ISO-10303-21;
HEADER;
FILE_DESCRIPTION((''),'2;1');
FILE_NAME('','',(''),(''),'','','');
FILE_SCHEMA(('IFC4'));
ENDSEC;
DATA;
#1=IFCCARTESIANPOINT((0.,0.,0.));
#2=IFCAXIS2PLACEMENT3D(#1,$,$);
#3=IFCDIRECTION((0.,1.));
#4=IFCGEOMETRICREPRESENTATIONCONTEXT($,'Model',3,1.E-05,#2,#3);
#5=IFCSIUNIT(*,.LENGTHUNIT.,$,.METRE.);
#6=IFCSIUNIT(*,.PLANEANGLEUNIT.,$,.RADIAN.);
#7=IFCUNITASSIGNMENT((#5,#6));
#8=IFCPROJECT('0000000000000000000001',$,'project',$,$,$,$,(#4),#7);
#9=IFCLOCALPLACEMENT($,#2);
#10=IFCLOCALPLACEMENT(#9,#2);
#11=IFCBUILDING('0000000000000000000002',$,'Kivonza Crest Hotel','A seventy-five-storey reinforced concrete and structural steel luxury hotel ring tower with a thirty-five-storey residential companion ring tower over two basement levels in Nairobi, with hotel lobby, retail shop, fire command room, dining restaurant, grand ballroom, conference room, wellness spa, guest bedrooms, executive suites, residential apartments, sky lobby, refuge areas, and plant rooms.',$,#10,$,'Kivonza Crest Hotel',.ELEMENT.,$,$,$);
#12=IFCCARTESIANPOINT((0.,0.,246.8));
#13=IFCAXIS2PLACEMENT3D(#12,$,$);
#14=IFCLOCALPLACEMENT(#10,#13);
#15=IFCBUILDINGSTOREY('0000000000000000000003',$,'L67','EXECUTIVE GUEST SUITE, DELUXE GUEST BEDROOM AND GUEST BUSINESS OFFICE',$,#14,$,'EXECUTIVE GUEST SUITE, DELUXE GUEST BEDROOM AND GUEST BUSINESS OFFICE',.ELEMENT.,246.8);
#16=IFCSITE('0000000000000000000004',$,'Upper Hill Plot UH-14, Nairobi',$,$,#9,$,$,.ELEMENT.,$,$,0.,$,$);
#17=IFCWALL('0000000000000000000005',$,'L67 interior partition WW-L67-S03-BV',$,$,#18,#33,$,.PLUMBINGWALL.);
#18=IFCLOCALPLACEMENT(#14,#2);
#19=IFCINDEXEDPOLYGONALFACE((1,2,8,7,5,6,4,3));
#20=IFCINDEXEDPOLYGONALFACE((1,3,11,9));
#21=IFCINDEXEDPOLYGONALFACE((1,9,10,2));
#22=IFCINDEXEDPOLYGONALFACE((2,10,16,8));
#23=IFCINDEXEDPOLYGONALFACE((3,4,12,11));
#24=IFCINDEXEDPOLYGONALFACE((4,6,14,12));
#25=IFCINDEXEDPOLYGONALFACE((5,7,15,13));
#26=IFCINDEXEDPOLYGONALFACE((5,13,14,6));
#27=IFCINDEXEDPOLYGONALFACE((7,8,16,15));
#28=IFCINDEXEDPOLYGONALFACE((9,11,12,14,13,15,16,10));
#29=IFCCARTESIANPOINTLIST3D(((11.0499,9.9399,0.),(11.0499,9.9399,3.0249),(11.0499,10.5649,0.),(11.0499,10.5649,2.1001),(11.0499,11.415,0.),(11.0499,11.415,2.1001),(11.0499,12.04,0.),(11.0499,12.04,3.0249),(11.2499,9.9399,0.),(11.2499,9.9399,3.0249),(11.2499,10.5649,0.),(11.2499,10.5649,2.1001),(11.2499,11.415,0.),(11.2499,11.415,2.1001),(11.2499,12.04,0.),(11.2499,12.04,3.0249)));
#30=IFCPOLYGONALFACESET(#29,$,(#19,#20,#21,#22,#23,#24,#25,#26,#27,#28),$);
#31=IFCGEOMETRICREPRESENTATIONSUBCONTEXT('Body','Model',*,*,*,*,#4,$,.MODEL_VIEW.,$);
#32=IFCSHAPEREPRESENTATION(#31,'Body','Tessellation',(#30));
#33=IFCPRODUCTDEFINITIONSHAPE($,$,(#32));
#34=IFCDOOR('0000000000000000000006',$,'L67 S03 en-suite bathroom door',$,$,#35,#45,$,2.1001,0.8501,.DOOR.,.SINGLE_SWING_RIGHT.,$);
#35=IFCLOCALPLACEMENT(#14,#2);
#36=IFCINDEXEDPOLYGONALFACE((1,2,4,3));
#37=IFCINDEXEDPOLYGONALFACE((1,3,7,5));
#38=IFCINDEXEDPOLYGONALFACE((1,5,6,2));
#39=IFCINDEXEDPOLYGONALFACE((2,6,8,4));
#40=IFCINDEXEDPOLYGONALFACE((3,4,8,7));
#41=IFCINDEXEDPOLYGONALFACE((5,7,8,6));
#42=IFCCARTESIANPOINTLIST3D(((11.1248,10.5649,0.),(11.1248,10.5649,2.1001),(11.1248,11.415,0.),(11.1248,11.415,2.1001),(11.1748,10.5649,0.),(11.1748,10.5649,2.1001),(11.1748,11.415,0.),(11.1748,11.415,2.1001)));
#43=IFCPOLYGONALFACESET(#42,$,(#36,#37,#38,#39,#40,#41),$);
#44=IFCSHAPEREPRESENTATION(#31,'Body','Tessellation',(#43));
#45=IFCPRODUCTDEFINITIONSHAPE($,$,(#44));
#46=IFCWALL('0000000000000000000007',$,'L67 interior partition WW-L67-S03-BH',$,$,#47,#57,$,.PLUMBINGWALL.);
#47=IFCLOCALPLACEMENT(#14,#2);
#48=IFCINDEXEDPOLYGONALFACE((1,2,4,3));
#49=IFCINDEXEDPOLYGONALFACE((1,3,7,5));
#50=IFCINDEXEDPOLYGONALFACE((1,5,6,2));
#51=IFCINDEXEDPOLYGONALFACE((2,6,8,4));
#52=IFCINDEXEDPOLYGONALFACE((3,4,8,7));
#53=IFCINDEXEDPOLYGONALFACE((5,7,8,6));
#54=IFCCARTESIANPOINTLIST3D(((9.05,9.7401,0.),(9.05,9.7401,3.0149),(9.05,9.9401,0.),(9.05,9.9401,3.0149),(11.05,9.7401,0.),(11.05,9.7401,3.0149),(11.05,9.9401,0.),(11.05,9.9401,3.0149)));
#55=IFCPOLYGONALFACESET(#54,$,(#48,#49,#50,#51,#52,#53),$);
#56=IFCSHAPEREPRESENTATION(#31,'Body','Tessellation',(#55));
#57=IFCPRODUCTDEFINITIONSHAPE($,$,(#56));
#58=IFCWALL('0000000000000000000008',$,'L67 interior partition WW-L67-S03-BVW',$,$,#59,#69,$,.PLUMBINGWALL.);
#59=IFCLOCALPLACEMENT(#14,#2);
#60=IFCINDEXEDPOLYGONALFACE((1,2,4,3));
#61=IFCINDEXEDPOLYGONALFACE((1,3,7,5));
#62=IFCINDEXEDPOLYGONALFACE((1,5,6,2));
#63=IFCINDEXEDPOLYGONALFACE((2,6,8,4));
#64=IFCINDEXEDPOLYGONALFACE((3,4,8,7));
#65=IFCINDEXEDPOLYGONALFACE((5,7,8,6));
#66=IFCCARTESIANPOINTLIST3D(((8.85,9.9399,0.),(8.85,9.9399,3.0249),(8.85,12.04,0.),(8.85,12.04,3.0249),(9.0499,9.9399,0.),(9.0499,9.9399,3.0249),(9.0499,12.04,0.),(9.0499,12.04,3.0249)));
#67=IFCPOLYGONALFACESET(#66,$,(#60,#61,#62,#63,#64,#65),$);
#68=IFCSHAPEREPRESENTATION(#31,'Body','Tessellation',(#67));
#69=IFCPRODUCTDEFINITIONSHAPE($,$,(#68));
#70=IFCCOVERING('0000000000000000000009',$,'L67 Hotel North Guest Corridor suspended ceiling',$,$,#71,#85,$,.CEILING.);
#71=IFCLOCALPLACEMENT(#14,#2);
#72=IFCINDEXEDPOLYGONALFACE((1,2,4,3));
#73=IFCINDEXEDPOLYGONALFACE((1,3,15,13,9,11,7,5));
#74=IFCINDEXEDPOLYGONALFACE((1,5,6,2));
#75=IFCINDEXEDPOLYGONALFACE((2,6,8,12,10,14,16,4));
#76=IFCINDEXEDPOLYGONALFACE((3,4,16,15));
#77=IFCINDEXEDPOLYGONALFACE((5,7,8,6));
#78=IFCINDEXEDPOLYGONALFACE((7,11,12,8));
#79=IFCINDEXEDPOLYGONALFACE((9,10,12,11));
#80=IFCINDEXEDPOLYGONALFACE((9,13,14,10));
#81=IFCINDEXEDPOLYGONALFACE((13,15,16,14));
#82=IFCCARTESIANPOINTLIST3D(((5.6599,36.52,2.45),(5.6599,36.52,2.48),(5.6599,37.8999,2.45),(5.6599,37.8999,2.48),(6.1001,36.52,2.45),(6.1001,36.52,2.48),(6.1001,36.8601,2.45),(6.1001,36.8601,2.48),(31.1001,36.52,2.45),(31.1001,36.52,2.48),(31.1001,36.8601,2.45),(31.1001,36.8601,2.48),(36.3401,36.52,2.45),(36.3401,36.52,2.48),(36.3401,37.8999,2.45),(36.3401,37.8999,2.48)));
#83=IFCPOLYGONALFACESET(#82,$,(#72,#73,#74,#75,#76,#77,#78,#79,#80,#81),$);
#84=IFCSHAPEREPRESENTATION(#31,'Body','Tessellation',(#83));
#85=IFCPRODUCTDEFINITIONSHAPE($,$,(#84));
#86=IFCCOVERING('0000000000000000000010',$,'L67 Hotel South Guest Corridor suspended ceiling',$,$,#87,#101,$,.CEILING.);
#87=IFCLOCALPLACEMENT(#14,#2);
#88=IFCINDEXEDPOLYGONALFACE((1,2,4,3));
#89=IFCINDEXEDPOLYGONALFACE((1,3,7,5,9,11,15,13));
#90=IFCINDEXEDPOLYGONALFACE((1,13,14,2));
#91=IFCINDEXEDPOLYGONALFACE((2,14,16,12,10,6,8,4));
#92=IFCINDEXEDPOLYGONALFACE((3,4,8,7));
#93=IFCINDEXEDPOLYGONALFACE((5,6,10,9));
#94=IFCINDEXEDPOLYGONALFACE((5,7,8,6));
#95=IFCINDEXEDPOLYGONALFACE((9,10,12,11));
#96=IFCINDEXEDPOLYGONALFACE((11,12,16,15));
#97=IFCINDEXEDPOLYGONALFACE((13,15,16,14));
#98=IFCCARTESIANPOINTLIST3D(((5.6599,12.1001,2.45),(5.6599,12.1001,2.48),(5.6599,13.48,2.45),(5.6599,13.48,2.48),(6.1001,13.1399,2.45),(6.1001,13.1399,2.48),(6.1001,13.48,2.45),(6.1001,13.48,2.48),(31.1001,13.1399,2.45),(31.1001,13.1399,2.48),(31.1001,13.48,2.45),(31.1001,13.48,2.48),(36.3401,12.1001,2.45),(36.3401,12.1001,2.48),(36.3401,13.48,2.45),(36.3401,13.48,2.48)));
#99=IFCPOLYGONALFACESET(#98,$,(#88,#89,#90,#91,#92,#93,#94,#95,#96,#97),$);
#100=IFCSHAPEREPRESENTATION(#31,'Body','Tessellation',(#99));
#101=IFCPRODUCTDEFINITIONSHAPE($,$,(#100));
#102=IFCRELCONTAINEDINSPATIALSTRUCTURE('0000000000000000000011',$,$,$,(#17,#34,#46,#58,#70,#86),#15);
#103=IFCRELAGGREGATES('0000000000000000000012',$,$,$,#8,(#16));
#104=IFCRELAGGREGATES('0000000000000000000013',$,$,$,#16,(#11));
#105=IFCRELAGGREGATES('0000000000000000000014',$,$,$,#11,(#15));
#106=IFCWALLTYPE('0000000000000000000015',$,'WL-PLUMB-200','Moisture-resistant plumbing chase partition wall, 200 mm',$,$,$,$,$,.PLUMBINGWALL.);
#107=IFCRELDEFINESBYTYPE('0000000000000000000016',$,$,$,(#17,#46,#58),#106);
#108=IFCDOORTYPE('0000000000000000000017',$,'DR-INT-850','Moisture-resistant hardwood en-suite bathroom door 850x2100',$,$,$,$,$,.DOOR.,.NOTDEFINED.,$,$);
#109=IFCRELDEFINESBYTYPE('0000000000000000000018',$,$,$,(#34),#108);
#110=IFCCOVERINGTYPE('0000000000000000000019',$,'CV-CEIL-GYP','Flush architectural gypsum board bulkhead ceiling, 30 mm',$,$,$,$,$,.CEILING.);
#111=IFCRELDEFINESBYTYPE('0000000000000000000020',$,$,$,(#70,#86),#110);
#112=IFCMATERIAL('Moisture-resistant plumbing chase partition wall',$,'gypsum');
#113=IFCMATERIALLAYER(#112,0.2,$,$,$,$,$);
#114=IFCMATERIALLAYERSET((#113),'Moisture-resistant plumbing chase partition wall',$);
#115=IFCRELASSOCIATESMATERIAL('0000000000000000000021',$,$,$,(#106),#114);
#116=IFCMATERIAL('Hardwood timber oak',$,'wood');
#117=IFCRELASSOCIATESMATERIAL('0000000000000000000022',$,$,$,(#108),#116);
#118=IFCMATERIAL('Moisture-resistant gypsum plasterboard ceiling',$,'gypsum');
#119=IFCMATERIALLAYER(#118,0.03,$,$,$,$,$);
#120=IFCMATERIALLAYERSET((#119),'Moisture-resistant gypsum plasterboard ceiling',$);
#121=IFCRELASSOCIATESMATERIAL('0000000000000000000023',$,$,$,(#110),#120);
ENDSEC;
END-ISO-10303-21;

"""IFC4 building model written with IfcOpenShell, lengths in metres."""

from ifc_helpers import new_model, si_unit, direction, frame, frame_2d, origin, place, context, subcontext, project, spatial, polyline, rectangle, outline, extrude, material, layer, layer_set, type_object, element, fill, save


model = new_model("IFC4")

# Units and contexts
model_context = context("Model", 3, precision=1e-05, world=origin(), true_north=direction((0.0, 1.0)))
body_context = subcontext(model_context, "Body", "Model", "MODEL_VIEW")
ifc_project = project(units=[si_unit("LENGTHUNIT", "METRE"), si_unit("PLANEANGLEUNIT", "RADIAN")], contexts=[model_context])

# Site, building, storey
site_placement = place(None, origin())
site = spatial("IfcSite", under=ifc_project, at=site_placement, Name="Upper Hill Plot UH-14, Nairobi", CompositionType="ELEMENT", RefElevation=0.0)
building_placement = place(site_placement, origin())
building = spatial("IfcBuilding", under=site, at=building_placement, Name="Kivonza Crest Hotel", Description="A seventy-five-storey reinforced concrete and structural steel luxury hotel ring tower with a thirty-five-storey residential companion ring tower over two basement levels in Nairobi, with hotel lobby, retail shop, fire command room, dining restaurant, grand ballroom, conference room, wellness spa, guest bedrooms, executive suites, residential apartments, sky lobby, refuge areas, and plant rooms.", LongName="Kivonza Crest Hotel", CompositionType="ELEMENT")
storey_placement = place(building_placement, frame((0.0, 0.0, 246.8)))
storey = spatial("IfcBuildingStorey", under=building, at=storey_placement, Name="L67", Description="EXECUTIVE GUEST SUITE, DELUXE GUEST BEDROOM AND GUEST BUSINESS OFFICE", LongName="EXECUTIVE GUEST SUITE, DELUXE GUEST BEDROOM AND GUEST BUSINESS OFFICE", CompositionType="ELEMENT", Elevation=246.8)

# Shared definitions
ifc_material_1 = material(Name="Hardwood timber oak", Category="wood")

# Wall, opening, door
ifc_material_2 = material(Name="Moisture-resistant plumbing chase partition wall", Category="gypsum")
ifc_layer_1 = layer(ifc_material_2, 0.2)
ifc_layer_set_1 = layer_set([ifc_layer_1], Name="Moisture-resistant plumbing chase partition wall")
wall_type_1 = type_object("IfcWallType", Name="WL-PLUMB-200", Description="Moisture-resistant plumbing chase partition wall, 200 mm", PredefinedType="PLUMBINGWALL", material=ifc_layer_set_1)
wall_1_placement = place(storey_placement, frame((11.1499, 9.9399, 0.0), z_axis=(0.0, 0.0, 1.0), x_axis=(0.0, 1.0, 0.0)))
wall_1 = element("IfcWall", 1, at=wall_1_placement, inside=storey, type_object=wall_type_1, Name="L67 interior partition WW-L67-S03-BV", PredefinedType="PLUMBINGWALL", context=body_context, shape_type="SweptSolid", body=[
    extrude(rectangle(XDim=2.1001, YDim=0.2, at=frame_2d((1.05, 0.0))), origin(), (0.0, 0.0, 1.0), 3.0249),
])
opening_1_placement = place(wall_1_placement, frame((0.625, 0.0, 0.0)))
opening_1 = element("IfcOpeningElement", 2, at=opening_1_placement, cuts=wall_1, PredefinedType="OPENING", context=body_context, shape_type="SweptSolid", body=[
    extrude(rectangle(XDim=0.8501, YDim=2.1001, at=frame_2d((0.425, 1.05))), frame((0.0, 0.1099, 0.0), z_axis=(0.0, -1.0, 0.0), x_axis=(1.0, 0.0, 0.0)), (0.0, 0.0, 1.0), 0.22),
])
door_type_1 = type_object("IfcDoorType", Name="DR-INT-850", Description="Moisture-resistant hardwood en-suite bathroom door 850x2100", OperationType="NOTDEFINED", PredefinedType="DOOR", material=ifc_material_1)
door_1_placement = place(opening_1_placement, frame((0.8501, 0.0, 0.0), z_axis=(0.0, 0.0, 1.0), x_axis=(-1.0, 0.0, 0.0)))
door_1 = element("IfcDoor", 3, at=door_1_placement, inside=storey, type_object=door_type_1, Name="L67 S03 en-suite bathroom door", OperationType="SINGLE_SWING_RIGHT", OverallHeight=2.1001, OverallWidth=0.8501, PredefinedType="DOOR", context=body_context, shape_type="SweptSolid", body=[
    extrude(rectangle(XDim=0.8501, YDim=2.1001, at=frame_2d((0.425, 1.05))), frame((0.0, 0.0249, 0.0), z_axis=(0.0, -1.0, 0.0), x_axis=(1.0, 0.0, 0.0)), (0.0, 0.0, 1.0), 0.05),
])
fill(opening_1, door_1)

# Walls
wall_2_placement = place(storey_placement, frame((9.05, 9.8401, 0.0), z_axis=(0.0, 0.0, 1.0), x_axis=(1.0, 0.0, 0.0)))
element("IfcWall", 4, at=wall_2_placement, inside=storey, type_object=wall_type_1, Name="L67 interior partition WW-L67-S03-BH", PredefinedType="PLUMBINGWALL", context=body_context, shape_type="SweptSolid", body=[
    extrude(rectangle(XDim=2.0, YDim=0.2, at=frame_2d((1.0, 0.0))), origin(), (0.0, 0.0, 1.0), 3.0149),
])
wall_3_placement = place(storey_placement, frame((8.95, 9.9399, 0.0), z_axis=(0.0, 0.0, 1.0), x_axis=(0.0, 1.0, 0.0)))
element("IfcWall", 5, at=wall_3_placement, inside=storey, type_object=wall_type_1, Name="L67 interior partition WW-L67-S03-BVW", PredefinedType="PLUMBINGWALL", context=body_context, shape_type="SweptSolid", body=[
    extrude(rectangle(XDim=2.1001, YDim=0.2, at=frame_2d((1.05, 0.0))), origin(), (0.0, 0.0, 1.0), 3.0249),
])

# Coverings
ifc_material_3 = material(Name="Moisture-resistant gypsum plasterboard ceiling", Category="gypsum")
ifc_layer_2 = layer(ifc_material_3, 0.03)
ifc_layer_set_2 = layer_set([ifc_layer_2], Name="Moisture-resistant gypsum plasterboard ceiling")
covering_type = type_object("IfcCoveringType", Name="CV-CEIL-GYP", Description="Flush architectural gypsum board bulkhead ceiling, 30 mm", PredefinedType="CEILING", material=ifc_layer_set_2)
covering_1_placement = place(storey_placement, frame((0.0, 0.0, 2.45)))
element("IfcCovering", 6, at=covering_1_placement, inside=storey, type_object=covering_type, Name="L67 Hotel North Guest Corridor suspended ceiling", PredefinedType="CEILING", context=body_context, shape_type="SweptSolid", body=[
    extrude(outline(polyline([(36.3401, 36.52), (36.3401, 37.8999), (5.6599, 37.8999), (5.6599, 36.52), (6.1001, 36.52), (6.1001, 36.8601), (31.1001, 36.8601), (31.1001, 36.52), (36.3401, 36.52)])), origin(), (0.0, 0.0, 1.0), 0.03),
])
covering_2_placement = place(storey_placement, frame((0.0, 0.0, 2.45)))
element("IfcCovering", 7, at=covering_2_placement, inside=storey, type_object=covering_type, Name="L67 Hotel South Guest Corridor suspended ceiling", PredefinedType="CEILING", context=body_context, shape_type="SweptSolid", body=[
    extrude(outline(polyline([(36.3401, 12.1001), (36.3401, 13.48), (31.1001, 13.48), (31.1001, 13.1399), (6.1001, 13.1399), (6.1001, 13.48), (5.6599, 13.48), (5.6599, 12.1001), (36.3401, 12.1001)])), origin(), (0.0, 0.0, 1.0), 0.03),
])

save(model, "model.ifc")
